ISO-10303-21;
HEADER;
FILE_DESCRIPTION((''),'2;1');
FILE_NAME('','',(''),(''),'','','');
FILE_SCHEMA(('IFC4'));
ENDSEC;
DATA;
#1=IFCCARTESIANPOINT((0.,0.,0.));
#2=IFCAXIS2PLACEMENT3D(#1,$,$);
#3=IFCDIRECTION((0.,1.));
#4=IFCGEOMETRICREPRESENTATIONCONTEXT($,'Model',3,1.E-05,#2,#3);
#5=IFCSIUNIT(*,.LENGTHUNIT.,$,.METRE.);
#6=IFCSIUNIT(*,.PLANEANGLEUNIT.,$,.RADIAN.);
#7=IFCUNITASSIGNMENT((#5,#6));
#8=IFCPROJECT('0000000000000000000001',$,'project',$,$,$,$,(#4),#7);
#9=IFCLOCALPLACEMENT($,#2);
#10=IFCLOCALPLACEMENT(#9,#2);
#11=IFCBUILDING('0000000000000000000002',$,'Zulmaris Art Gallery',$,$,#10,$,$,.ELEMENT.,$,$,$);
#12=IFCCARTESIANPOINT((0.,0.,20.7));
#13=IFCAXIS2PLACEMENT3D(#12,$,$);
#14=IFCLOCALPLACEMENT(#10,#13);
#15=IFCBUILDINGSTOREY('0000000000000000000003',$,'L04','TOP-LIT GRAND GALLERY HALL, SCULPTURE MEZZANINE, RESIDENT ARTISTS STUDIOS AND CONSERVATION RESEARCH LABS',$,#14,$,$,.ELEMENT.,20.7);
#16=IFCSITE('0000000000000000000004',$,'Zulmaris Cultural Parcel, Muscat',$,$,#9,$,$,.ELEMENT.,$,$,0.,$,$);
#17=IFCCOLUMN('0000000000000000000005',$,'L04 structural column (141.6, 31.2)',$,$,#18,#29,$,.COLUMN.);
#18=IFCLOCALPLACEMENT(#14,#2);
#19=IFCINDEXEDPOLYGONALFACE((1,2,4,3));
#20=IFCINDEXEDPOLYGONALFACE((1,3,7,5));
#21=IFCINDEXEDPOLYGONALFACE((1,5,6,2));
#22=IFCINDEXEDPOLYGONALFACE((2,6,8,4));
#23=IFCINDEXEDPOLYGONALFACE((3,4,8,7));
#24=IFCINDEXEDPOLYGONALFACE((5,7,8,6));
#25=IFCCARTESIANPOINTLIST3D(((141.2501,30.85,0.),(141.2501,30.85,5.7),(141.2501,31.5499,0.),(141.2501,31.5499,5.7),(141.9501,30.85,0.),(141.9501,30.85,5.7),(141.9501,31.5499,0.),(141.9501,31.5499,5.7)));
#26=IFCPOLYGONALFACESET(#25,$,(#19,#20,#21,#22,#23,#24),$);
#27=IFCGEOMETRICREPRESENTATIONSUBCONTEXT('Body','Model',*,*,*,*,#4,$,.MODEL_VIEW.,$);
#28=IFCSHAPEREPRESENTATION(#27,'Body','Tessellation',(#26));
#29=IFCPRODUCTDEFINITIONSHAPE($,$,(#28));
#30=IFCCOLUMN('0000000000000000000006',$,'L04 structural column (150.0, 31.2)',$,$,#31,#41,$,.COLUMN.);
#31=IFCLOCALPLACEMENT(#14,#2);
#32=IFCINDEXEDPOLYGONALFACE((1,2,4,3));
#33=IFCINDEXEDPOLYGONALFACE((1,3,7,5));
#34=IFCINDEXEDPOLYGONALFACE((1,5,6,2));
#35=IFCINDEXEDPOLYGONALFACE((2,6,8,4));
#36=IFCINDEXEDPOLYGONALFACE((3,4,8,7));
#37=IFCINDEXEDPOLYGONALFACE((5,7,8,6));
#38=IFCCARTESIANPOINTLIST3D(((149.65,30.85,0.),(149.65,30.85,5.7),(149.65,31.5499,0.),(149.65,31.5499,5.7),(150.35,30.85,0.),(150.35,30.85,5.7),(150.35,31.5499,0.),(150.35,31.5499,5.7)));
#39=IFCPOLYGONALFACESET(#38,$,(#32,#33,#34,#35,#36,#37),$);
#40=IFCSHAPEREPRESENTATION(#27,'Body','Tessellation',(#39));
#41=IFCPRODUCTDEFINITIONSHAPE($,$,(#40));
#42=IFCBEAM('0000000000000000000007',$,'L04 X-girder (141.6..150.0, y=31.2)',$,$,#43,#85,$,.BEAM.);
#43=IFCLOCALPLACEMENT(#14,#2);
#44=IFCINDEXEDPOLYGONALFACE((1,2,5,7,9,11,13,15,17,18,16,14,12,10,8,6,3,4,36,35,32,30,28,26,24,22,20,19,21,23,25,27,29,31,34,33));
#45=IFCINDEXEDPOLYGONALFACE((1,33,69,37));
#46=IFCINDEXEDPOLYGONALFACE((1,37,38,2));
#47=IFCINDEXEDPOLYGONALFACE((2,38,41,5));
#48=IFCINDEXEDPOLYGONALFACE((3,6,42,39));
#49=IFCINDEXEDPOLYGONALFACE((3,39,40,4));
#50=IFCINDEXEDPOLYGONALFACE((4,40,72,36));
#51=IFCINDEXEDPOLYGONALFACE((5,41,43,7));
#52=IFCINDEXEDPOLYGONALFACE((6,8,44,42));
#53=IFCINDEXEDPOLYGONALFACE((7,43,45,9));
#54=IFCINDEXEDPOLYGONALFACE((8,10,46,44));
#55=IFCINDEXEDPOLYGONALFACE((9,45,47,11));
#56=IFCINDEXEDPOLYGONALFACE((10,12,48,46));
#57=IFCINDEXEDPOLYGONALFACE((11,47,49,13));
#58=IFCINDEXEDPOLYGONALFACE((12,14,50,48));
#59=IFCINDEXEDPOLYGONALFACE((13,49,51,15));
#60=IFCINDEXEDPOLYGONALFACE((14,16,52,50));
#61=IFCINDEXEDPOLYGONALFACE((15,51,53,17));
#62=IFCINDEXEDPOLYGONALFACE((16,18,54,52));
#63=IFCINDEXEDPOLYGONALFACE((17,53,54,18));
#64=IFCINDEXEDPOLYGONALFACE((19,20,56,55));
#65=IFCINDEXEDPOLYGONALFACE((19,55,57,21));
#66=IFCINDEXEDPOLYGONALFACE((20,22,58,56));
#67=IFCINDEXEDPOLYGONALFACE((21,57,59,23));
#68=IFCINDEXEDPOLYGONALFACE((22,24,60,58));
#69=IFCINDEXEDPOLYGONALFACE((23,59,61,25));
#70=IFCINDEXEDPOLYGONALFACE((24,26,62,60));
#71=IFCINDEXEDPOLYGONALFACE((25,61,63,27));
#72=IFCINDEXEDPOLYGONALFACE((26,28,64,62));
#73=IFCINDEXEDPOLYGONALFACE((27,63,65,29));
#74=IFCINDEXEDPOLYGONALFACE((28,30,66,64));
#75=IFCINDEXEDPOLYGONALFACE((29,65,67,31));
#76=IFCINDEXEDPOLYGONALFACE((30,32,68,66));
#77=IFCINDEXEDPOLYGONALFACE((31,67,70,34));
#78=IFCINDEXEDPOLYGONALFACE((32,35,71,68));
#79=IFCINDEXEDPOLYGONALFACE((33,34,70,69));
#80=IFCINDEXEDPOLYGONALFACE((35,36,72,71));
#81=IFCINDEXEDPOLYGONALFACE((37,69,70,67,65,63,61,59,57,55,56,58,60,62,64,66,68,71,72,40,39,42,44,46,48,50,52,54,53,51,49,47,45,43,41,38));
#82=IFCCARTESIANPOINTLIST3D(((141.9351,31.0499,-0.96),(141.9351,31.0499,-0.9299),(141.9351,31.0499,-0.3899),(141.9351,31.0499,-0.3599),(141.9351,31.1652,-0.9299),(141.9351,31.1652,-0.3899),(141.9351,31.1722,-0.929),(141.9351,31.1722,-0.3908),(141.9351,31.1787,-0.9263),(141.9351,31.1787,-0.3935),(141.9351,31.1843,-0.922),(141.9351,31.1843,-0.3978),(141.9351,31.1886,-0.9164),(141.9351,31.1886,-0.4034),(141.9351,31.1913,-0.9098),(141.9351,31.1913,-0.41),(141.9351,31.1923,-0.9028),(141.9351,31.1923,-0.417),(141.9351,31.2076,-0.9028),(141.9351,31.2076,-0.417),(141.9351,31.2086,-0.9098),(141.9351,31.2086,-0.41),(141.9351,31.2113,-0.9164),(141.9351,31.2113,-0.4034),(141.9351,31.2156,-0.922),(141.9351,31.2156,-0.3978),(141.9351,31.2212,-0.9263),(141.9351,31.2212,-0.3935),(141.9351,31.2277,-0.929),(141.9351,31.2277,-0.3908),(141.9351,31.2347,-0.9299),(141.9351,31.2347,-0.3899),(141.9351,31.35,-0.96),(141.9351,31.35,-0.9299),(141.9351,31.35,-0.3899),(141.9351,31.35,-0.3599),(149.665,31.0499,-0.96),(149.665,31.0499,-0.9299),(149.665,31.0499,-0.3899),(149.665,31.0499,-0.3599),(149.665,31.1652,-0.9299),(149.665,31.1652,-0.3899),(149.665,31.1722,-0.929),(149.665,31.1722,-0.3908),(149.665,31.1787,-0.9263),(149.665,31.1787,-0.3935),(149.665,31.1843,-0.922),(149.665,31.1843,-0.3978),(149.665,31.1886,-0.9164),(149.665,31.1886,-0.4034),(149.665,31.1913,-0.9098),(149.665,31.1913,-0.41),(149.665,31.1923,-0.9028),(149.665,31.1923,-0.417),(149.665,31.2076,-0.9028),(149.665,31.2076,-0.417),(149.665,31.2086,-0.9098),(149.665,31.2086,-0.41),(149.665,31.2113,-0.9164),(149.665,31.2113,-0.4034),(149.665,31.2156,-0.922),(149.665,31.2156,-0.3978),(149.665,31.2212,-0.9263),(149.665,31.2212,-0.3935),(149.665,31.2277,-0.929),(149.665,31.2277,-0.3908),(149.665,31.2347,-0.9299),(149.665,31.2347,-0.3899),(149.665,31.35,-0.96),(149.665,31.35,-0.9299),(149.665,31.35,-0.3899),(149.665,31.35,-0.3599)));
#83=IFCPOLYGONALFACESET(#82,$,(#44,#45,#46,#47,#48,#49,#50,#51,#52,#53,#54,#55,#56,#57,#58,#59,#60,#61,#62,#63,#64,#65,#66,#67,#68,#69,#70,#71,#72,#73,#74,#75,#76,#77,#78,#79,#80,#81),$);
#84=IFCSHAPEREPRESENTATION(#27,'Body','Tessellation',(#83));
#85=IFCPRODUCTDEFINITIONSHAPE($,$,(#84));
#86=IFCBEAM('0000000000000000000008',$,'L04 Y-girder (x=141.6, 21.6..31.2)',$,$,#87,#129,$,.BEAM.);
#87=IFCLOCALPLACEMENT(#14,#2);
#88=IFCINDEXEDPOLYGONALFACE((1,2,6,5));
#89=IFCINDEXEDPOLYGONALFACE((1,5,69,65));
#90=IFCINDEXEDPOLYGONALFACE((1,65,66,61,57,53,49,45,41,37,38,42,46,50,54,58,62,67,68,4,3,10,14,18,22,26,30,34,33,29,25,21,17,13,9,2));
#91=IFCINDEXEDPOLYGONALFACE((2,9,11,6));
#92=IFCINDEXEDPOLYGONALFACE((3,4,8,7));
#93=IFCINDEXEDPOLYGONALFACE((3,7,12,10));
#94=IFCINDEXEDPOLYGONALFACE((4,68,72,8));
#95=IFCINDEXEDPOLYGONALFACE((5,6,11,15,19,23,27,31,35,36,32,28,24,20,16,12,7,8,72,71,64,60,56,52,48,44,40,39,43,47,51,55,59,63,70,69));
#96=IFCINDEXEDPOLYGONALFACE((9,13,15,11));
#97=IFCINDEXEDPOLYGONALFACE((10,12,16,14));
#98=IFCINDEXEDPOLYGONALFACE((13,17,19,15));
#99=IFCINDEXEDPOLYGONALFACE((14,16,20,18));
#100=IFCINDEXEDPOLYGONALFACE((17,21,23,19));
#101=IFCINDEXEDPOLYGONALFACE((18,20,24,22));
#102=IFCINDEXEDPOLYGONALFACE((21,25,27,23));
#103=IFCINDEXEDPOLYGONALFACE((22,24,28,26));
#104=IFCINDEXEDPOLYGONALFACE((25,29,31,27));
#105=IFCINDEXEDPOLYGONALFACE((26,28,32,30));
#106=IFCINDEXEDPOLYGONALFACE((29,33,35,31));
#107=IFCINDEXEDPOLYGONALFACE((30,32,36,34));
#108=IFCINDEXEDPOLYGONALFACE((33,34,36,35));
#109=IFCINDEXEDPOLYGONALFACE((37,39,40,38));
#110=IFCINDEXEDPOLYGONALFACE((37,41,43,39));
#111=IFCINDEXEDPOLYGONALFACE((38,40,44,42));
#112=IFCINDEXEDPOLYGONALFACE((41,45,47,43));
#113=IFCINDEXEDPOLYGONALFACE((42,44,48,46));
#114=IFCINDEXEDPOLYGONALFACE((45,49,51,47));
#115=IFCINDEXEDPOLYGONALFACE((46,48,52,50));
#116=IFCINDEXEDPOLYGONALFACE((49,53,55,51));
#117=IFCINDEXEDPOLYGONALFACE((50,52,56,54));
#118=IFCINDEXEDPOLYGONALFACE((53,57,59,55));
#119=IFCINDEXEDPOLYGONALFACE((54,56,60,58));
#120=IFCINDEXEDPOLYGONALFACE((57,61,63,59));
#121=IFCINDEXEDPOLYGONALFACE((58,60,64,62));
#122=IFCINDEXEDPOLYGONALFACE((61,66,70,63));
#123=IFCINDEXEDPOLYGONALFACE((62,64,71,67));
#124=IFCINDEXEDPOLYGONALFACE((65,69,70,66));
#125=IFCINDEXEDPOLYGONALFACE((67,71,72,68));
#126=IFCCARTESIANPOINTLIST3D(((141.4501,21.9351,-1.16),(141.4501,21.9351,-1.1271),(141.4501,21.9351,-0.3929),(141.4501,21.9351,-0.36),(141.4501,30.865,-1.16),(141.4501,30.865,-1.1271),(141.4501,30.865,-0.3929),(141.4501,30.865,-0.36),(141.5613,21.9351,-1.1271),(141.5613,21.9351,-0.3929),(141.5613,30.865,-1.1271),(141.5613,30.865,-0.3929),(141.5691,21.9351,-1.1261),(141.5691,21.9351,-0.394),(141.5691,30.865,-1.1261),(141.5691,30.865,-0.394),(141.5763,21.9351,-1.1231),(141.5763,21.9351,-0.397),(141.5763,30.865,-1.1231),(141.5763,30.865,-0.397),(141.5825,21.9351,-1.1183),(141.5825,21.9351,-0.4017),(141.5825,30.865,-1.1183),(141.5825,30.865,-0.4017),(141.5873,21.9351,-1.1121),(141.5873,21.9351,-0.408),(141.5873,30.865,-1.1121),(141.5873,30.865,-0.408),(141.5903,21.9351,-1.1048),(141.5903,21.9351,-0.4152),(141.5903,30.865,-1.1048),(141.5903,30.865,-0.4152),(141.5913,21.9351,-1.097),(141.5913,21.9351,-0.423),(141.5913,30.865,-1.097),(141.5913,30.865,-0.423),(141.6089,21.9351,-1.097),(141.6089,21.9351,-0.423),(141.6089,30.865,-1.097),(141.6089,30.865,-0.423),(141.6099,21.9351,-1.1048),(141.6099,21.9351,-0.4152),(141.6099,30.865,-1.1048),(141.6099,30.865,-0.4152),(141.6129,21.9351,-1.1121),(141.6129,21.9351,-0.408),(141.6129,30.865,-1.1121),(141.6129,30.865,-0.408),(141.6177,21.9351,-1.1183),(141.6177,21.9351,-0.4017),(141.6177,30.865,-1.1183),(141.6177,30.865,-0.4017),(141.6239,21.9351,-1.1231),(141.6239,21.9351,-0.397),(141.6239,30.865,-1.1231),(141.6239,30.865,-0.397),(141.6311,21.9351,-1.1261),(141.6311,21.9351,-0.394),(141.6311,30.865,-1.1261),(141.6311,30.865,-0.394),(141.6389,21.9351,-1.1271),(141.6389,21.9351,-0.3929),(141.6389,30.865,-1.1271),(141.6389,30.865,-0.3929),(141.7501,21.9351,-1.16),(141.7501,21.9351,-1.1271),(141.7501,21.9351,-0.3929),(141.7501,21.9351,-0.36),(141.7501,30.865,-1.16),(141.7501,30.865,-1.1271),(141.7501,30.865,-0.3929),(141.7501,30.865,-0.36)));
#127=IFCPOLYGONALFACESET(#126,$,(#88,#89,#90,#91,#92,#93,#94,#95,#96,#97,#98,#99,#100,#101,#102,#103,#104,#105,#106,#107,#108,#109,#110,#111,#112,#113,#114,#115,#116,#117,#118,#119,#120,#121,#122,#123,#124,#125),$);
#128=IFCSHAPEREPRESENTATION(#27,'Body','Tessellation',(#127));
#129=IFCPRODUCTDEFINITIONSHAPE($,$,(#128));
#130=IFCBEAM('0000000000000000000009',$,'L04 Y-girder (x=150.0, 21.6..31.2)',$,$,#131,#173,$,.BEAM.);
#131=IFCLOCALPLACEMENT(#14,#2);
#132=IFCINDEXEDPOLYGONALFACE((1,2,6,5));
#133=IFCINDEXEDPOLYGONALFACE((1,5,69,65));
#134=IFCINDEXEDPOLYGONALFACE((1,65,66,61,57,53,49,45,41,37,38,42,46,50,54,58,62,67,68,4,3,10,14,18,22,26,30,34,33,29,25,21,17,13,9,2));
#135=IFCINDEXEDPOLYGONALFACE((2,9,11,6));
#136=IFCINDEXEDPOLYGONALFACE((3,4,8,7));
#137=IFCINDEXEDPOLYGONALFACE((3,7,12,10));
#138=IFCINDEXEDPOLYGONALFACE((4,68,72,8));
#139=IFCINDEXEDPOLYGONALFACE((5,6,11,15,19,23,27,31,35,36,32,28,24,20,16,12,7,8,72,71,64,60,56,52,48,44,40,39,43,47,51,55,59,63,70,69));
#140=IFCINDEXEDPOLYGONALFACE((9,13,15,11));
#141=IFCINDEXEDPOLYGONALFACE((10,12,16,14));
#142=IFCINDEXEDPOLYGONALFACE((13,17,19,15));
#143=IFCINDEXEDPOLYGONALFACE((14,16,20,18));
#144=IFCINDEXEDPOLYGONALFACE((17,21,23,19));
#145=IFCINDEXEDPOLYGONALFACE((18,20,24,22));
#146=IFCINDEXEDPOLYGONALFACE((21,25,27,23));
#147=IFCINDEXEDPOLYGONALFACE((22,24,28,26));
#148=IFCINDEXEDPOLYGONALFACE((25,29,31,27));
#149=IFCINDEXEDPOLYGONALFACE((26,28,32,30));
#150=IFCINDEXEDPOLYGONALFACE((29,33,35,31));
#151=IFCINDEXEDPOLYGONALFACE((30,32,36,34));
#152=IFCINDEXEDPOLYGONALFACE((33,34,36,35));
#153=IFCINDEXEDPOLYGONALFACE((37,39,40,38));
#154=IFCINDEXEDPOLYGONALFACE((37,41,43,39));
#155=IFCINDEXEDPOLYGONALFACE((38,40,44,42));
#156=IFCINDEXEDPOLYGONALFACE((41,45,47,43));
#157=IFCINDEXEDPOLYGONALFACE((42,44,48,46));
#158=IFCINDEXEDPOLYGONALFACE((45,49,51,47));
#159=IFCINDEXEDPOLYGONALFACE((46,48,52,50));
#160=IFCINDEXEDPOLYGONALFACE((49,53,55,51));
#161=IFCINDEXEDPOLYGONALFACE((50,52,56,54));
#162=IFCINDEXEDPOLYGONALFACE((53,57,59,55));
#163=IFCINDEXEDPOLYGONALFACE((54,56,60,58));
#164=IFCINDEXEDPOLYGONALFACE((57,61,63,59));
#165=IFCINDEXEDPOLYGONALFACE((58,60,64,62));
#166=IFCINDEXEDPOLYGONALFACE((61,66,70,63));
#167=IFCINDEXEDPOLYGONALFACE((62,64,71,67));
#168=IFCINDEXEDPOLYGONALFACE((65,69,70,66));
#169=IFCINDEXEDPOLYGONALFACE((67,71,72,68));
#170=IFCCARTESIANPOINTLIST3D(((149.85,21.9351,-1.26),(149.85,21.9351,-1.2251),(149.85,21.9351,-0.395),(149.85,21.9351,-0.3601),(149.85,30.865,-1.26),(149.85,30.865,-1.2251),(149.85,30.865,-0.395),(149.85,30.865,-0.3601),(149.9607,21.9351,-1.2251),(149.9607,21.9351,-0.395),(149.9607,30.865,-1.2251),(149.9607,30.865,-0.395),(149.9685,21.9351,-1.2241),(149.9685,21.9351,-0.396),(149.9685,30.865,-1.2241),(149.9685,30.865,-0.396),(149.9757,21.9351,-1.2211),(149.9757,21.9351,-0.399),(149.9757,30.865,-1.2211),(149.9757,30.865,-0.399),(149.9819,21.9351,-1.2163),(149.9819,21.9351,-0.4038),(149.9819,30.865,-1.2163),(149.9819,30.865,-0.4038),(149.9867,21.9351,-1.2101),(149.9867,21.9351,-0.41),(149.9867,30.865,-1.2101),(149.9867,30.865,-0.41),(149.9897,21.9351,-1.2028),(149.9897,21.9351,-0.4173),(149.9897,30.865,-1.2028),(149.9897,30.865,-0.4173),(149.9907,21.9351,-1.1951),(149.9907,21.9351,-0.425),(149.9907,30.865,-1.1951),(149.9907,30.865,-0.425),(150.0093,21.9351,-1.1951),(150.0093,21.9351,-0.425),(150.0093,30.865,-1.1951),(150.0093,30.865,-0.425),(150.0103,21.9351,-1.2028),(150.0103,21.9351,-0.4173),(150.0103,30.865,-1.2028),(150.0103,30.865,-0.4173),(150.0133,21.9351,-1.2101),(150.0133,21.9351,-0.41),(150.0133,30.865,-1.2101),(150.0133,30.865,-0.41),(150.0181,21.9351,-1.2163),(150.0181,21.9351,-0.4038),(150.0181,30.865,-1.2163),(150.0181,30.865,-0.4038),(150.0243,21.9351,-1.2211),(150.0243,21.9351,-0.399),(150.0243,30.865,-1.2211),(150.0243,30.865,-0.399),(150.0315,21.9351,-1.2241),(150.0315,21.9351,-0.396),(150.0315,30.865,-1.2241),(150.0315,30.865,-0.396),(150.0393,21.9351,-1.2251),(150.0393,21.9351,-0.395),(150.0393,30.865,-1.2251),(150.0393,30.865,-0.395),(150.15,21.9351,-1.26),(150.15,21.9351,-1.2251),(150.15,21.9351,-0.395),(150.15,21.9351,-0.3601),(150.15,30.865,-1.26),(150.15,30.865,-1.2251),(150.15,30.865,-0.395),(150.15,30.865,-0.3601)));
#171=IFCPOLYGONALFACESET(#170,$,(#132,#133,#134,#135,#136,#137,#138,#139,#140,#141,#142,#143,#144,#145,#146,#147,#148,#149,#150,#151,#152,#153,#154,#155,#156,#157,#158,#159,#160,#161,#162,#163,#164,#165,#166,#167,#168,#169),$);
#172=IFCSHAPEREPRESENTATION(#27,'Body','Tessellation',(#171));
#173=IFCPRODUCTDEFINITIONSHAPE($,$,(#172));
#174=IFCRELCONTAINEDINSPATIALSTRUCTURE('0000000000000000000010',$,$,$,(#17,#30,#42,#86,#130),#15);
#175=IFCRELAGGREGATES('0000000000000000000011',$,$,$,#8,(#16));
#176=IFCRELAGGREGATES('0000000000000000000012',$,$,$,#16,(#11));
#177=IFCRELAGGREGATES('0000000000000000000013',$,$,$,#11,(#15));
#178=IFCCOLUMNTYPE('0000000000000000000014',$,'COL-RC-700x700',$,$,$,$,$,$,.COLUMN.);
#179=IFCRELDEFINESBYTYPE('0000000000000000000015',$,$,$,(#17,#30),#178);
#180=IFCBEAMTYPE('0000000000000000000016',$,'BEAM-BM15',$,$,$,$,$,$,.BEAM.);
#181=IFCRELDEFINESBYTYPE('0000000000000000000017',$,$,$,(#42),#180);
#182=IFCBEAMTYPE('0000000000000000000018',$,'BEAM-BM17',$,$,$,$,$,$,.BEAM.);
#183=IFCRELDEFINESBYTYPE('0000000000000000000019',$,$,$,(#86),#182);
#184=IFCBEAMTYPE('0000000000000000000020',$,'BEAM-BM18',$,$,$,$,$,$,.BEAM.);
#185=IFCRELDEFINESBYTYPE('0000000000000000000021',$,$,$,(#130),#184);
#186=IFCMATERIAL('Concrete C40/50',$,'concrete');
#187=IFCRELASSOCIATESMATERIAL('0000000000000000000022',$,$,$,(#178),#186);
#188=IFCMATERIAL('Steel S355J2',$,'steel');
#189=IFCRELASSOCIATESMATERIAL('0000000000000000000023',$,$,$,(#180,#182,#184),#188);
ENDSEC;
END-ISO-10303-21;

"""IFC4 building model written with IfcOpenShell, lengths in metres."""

from ifc_helpers import new_model, si_unit, direction, frame, origin, origin_2d, place, context, subcontext, project, spatial, rectangle, i_section, extrude, material, material_profile, profile_set, type_object, element, save


model = new_model("IFC4")

# Units and contexts
model_context = context("Model", 3, precision=1e-05, world=origin(), true_north=direction((0.0, 1.0)))
body_context = subcontext(model_context, "Body", "Model", "MODEL_VIEW")
ifc_project = project(units=[si_unit("LENGTHUNIT", "METRE"), si_unit("PLANEANGLEUNIT", "RADIAN")], contexts=[model_context])

# Site, building, storey
site_placement = place(None, origin())
site = spatial("IfcSite", under=ifc_project, at=site_placement, Name="Zulmaris Cultural Parcel, Muscat", CompositionType="ELEMENT", RefElevation=0.0)
building_placement = place(site_placement, origin())
building = spatial("IfcBuilding", under=site, at=building_placement, Name="Zulmaris Art Gallery", CompositionType="ELEMENT")
storey_placement = place(building_placement, frame((0.0, 0.0, 20.7)))
storey = spatial("IfcBuildingStorey", under=building, at=storey_placement, Name="L04", Description="TOP-LIT GRAND GALLERY HALL, SCULPTURE MEZZANINE, RESIDENT ARTISTS STUDIOS AND CONSERVATION RESEARCH LABS", CompositionType="ELEMENT", Elevation=20.7)

# Columns
ifc_material_1 = material(Name="Concrete C40/50", Category="concrete")
ifc_material_profile_1 = material_profile(ifc_material_1, rectangle(XDim=0.7, YDim=0.7, at=origin_2d()), Name="RC 700x700")
ifc_profile_set_1 = profile_set([ifc_material_profile_1], Name="Concrete C40/50")
column_type = type_object("IfcColumnType", Name="COL-RC-700x700", PredefinedType="COLUMN", material=ifc_profile_set_1)
for number, where, z_axis, x_axis, name in (
    (1, (141.6001, 31.2, 0.0), (0.0, 0.0, 1.0), (1.0, 0.0, 0.0), "L04 structural column (141.6, 31.2)"),
    (2, (150.0, 31.2, 0.0), (0.0, 0.0, 1.0), (1.0, 0.0, 0.0), "L04 structural column (150.0, 31.2)"),
):
    element("IfcColumn", number, at=place(storey_placement, frame(where, z_axis=z_axis, x_axis=x_axis)), inside=storey, type_object=column_type, Name=name, PredefinedType="COLUMN", context=body_context, shape_type="SweptSolid", body=[
        extrude(rectangle(XDim=0.7, YDim=0.7, at=origin_2d()), origin(), (0.0, 0.0, 1.0), 5.7),
    ])

# Beams
ifc_material_2 = material(Name="Steel S355J2", Category="steel")
ifc_material_profile_2 = material_profile(ifc_material_2, i_section(OverallWidth=0.3, OverallDepth=0.6001, WebThickness=0.0154, FlangeThickness=0.03, FilletRadius=0.0271, at=origin_2d()), Name="HEB 600")
ifc_profile_set_2 = profile_set([ifc_material_profile_2], Name="Steel S355J2")
beam_type_1 = type_object("IfcBeamType", Name="BEAM-BM15", PredefinedType="BEAM", material=ifc_profile_set_2)
beam_1_placement = place(storey_placement, frame((141.9351, 31.2, -0.6599), z_axis=(1.0, 0.0, 0.0), x_axis=(0.0, 1.0, 0.0)))
element("IfcBeam", 3, at=beam_1_placement, inside=storey, type_object=beam_type_1, Name="L04 X-girder (141.6..150.0, y=31.2)", PredefinedType="BEAM", context=body_context, shape_type="SweptSolid", body=[
    extrude(i_section(OverallWidth=0.3, OverallDepth=0.6001, WebThickness=0.0154, FlangeThickness=0.03, FilletRadius=0.0271, at=origin_2d()), origin(), (0.0, 0.0, 1.0), 7.73),
])
ifc_material_profile_3 = material_profile(ifc_material_2, i_section(OverallWidth=0.3, OverallDepth=0.8, WebThickness=0.0176, FlangeThickness=0.033, FilletRadius=0.03, at=origin_2d()), Name="HEB 800")
ifc_profile_set_3 = profile_set([ifc_material_profile_3], Name="Steel S355J2")
beam_type_2 = type_object("IfcBeamType", Name="BEAM-BM17", PredefinedType="BEAM", material=ifc_profile_set_3)
beam_2_placement = place(storey_placement, frame((141.6001, 21.9351, -0.76), z_axis=(0.0, 1.0, 0.0), x_axis=(-1.0, 0.0, 0.0)))
element("IfcBeam", 4, at=beam_2_placement, inside=storey, type_object=beam_type_2, Name="L04 Y-girder (x=141.6, 21.6..31.2)", PredefinedType="BEAM", context=body_context, shape_type="SweptSolid", body=[
    extrude(i_section(OverallWidth=0.3, OverallDepth=0.8, WebThickness=0.0176, FlangeThickness=0.033, FilletRadius=0.03, at=origin_2d()), origin(), (0.0, 0.0, 1.0), 8.9299),
])
ifc_material_profile_4 = material_profile(ifc_material_2, i_section(OverallWidth=0.3, OverallDepth=0.8999, WebThickness=0.0186, FlangeThickness=0.0349, FilletRadius=0.03, at=origin_2d()), Name="HEB 900")
ifc_profile_set_4 = profile_set([ifc_material_profile_4], Name="Steel S355J2")
beam_type_3 = type_object("IfcBeamType", Name="BEAM-BM18", PredefinedType="BEAM", material=ifc_profile_set_4)
beam_3_placement = place(storey_placement, frame((150.0, 21.9351, -0.8101), z_axis=(0.0, 1.0, 0.0), x_axis=(-1.0, 0.0, 0.0)))
element("IfcBeam", 5, at=beam_3_placement, inside=storey, type_object=beam_type_3, Name="L04 Y-girder (x=150.0, 21.6..31.2)", PredefinedType="BEAM", context=body_context, shape_type="SweptSolid", body=[
    extrude(i_section(OverallWidth=0.3, OverallDepth=0.8999, WebThickness=0.0186, FlangeThickness=0.0349, FilletRadius=0.03, at=origin_2d()), origin(), (0.0, 0.0, 1.0), 8.9299),
])

save(model, "model.ifc")
